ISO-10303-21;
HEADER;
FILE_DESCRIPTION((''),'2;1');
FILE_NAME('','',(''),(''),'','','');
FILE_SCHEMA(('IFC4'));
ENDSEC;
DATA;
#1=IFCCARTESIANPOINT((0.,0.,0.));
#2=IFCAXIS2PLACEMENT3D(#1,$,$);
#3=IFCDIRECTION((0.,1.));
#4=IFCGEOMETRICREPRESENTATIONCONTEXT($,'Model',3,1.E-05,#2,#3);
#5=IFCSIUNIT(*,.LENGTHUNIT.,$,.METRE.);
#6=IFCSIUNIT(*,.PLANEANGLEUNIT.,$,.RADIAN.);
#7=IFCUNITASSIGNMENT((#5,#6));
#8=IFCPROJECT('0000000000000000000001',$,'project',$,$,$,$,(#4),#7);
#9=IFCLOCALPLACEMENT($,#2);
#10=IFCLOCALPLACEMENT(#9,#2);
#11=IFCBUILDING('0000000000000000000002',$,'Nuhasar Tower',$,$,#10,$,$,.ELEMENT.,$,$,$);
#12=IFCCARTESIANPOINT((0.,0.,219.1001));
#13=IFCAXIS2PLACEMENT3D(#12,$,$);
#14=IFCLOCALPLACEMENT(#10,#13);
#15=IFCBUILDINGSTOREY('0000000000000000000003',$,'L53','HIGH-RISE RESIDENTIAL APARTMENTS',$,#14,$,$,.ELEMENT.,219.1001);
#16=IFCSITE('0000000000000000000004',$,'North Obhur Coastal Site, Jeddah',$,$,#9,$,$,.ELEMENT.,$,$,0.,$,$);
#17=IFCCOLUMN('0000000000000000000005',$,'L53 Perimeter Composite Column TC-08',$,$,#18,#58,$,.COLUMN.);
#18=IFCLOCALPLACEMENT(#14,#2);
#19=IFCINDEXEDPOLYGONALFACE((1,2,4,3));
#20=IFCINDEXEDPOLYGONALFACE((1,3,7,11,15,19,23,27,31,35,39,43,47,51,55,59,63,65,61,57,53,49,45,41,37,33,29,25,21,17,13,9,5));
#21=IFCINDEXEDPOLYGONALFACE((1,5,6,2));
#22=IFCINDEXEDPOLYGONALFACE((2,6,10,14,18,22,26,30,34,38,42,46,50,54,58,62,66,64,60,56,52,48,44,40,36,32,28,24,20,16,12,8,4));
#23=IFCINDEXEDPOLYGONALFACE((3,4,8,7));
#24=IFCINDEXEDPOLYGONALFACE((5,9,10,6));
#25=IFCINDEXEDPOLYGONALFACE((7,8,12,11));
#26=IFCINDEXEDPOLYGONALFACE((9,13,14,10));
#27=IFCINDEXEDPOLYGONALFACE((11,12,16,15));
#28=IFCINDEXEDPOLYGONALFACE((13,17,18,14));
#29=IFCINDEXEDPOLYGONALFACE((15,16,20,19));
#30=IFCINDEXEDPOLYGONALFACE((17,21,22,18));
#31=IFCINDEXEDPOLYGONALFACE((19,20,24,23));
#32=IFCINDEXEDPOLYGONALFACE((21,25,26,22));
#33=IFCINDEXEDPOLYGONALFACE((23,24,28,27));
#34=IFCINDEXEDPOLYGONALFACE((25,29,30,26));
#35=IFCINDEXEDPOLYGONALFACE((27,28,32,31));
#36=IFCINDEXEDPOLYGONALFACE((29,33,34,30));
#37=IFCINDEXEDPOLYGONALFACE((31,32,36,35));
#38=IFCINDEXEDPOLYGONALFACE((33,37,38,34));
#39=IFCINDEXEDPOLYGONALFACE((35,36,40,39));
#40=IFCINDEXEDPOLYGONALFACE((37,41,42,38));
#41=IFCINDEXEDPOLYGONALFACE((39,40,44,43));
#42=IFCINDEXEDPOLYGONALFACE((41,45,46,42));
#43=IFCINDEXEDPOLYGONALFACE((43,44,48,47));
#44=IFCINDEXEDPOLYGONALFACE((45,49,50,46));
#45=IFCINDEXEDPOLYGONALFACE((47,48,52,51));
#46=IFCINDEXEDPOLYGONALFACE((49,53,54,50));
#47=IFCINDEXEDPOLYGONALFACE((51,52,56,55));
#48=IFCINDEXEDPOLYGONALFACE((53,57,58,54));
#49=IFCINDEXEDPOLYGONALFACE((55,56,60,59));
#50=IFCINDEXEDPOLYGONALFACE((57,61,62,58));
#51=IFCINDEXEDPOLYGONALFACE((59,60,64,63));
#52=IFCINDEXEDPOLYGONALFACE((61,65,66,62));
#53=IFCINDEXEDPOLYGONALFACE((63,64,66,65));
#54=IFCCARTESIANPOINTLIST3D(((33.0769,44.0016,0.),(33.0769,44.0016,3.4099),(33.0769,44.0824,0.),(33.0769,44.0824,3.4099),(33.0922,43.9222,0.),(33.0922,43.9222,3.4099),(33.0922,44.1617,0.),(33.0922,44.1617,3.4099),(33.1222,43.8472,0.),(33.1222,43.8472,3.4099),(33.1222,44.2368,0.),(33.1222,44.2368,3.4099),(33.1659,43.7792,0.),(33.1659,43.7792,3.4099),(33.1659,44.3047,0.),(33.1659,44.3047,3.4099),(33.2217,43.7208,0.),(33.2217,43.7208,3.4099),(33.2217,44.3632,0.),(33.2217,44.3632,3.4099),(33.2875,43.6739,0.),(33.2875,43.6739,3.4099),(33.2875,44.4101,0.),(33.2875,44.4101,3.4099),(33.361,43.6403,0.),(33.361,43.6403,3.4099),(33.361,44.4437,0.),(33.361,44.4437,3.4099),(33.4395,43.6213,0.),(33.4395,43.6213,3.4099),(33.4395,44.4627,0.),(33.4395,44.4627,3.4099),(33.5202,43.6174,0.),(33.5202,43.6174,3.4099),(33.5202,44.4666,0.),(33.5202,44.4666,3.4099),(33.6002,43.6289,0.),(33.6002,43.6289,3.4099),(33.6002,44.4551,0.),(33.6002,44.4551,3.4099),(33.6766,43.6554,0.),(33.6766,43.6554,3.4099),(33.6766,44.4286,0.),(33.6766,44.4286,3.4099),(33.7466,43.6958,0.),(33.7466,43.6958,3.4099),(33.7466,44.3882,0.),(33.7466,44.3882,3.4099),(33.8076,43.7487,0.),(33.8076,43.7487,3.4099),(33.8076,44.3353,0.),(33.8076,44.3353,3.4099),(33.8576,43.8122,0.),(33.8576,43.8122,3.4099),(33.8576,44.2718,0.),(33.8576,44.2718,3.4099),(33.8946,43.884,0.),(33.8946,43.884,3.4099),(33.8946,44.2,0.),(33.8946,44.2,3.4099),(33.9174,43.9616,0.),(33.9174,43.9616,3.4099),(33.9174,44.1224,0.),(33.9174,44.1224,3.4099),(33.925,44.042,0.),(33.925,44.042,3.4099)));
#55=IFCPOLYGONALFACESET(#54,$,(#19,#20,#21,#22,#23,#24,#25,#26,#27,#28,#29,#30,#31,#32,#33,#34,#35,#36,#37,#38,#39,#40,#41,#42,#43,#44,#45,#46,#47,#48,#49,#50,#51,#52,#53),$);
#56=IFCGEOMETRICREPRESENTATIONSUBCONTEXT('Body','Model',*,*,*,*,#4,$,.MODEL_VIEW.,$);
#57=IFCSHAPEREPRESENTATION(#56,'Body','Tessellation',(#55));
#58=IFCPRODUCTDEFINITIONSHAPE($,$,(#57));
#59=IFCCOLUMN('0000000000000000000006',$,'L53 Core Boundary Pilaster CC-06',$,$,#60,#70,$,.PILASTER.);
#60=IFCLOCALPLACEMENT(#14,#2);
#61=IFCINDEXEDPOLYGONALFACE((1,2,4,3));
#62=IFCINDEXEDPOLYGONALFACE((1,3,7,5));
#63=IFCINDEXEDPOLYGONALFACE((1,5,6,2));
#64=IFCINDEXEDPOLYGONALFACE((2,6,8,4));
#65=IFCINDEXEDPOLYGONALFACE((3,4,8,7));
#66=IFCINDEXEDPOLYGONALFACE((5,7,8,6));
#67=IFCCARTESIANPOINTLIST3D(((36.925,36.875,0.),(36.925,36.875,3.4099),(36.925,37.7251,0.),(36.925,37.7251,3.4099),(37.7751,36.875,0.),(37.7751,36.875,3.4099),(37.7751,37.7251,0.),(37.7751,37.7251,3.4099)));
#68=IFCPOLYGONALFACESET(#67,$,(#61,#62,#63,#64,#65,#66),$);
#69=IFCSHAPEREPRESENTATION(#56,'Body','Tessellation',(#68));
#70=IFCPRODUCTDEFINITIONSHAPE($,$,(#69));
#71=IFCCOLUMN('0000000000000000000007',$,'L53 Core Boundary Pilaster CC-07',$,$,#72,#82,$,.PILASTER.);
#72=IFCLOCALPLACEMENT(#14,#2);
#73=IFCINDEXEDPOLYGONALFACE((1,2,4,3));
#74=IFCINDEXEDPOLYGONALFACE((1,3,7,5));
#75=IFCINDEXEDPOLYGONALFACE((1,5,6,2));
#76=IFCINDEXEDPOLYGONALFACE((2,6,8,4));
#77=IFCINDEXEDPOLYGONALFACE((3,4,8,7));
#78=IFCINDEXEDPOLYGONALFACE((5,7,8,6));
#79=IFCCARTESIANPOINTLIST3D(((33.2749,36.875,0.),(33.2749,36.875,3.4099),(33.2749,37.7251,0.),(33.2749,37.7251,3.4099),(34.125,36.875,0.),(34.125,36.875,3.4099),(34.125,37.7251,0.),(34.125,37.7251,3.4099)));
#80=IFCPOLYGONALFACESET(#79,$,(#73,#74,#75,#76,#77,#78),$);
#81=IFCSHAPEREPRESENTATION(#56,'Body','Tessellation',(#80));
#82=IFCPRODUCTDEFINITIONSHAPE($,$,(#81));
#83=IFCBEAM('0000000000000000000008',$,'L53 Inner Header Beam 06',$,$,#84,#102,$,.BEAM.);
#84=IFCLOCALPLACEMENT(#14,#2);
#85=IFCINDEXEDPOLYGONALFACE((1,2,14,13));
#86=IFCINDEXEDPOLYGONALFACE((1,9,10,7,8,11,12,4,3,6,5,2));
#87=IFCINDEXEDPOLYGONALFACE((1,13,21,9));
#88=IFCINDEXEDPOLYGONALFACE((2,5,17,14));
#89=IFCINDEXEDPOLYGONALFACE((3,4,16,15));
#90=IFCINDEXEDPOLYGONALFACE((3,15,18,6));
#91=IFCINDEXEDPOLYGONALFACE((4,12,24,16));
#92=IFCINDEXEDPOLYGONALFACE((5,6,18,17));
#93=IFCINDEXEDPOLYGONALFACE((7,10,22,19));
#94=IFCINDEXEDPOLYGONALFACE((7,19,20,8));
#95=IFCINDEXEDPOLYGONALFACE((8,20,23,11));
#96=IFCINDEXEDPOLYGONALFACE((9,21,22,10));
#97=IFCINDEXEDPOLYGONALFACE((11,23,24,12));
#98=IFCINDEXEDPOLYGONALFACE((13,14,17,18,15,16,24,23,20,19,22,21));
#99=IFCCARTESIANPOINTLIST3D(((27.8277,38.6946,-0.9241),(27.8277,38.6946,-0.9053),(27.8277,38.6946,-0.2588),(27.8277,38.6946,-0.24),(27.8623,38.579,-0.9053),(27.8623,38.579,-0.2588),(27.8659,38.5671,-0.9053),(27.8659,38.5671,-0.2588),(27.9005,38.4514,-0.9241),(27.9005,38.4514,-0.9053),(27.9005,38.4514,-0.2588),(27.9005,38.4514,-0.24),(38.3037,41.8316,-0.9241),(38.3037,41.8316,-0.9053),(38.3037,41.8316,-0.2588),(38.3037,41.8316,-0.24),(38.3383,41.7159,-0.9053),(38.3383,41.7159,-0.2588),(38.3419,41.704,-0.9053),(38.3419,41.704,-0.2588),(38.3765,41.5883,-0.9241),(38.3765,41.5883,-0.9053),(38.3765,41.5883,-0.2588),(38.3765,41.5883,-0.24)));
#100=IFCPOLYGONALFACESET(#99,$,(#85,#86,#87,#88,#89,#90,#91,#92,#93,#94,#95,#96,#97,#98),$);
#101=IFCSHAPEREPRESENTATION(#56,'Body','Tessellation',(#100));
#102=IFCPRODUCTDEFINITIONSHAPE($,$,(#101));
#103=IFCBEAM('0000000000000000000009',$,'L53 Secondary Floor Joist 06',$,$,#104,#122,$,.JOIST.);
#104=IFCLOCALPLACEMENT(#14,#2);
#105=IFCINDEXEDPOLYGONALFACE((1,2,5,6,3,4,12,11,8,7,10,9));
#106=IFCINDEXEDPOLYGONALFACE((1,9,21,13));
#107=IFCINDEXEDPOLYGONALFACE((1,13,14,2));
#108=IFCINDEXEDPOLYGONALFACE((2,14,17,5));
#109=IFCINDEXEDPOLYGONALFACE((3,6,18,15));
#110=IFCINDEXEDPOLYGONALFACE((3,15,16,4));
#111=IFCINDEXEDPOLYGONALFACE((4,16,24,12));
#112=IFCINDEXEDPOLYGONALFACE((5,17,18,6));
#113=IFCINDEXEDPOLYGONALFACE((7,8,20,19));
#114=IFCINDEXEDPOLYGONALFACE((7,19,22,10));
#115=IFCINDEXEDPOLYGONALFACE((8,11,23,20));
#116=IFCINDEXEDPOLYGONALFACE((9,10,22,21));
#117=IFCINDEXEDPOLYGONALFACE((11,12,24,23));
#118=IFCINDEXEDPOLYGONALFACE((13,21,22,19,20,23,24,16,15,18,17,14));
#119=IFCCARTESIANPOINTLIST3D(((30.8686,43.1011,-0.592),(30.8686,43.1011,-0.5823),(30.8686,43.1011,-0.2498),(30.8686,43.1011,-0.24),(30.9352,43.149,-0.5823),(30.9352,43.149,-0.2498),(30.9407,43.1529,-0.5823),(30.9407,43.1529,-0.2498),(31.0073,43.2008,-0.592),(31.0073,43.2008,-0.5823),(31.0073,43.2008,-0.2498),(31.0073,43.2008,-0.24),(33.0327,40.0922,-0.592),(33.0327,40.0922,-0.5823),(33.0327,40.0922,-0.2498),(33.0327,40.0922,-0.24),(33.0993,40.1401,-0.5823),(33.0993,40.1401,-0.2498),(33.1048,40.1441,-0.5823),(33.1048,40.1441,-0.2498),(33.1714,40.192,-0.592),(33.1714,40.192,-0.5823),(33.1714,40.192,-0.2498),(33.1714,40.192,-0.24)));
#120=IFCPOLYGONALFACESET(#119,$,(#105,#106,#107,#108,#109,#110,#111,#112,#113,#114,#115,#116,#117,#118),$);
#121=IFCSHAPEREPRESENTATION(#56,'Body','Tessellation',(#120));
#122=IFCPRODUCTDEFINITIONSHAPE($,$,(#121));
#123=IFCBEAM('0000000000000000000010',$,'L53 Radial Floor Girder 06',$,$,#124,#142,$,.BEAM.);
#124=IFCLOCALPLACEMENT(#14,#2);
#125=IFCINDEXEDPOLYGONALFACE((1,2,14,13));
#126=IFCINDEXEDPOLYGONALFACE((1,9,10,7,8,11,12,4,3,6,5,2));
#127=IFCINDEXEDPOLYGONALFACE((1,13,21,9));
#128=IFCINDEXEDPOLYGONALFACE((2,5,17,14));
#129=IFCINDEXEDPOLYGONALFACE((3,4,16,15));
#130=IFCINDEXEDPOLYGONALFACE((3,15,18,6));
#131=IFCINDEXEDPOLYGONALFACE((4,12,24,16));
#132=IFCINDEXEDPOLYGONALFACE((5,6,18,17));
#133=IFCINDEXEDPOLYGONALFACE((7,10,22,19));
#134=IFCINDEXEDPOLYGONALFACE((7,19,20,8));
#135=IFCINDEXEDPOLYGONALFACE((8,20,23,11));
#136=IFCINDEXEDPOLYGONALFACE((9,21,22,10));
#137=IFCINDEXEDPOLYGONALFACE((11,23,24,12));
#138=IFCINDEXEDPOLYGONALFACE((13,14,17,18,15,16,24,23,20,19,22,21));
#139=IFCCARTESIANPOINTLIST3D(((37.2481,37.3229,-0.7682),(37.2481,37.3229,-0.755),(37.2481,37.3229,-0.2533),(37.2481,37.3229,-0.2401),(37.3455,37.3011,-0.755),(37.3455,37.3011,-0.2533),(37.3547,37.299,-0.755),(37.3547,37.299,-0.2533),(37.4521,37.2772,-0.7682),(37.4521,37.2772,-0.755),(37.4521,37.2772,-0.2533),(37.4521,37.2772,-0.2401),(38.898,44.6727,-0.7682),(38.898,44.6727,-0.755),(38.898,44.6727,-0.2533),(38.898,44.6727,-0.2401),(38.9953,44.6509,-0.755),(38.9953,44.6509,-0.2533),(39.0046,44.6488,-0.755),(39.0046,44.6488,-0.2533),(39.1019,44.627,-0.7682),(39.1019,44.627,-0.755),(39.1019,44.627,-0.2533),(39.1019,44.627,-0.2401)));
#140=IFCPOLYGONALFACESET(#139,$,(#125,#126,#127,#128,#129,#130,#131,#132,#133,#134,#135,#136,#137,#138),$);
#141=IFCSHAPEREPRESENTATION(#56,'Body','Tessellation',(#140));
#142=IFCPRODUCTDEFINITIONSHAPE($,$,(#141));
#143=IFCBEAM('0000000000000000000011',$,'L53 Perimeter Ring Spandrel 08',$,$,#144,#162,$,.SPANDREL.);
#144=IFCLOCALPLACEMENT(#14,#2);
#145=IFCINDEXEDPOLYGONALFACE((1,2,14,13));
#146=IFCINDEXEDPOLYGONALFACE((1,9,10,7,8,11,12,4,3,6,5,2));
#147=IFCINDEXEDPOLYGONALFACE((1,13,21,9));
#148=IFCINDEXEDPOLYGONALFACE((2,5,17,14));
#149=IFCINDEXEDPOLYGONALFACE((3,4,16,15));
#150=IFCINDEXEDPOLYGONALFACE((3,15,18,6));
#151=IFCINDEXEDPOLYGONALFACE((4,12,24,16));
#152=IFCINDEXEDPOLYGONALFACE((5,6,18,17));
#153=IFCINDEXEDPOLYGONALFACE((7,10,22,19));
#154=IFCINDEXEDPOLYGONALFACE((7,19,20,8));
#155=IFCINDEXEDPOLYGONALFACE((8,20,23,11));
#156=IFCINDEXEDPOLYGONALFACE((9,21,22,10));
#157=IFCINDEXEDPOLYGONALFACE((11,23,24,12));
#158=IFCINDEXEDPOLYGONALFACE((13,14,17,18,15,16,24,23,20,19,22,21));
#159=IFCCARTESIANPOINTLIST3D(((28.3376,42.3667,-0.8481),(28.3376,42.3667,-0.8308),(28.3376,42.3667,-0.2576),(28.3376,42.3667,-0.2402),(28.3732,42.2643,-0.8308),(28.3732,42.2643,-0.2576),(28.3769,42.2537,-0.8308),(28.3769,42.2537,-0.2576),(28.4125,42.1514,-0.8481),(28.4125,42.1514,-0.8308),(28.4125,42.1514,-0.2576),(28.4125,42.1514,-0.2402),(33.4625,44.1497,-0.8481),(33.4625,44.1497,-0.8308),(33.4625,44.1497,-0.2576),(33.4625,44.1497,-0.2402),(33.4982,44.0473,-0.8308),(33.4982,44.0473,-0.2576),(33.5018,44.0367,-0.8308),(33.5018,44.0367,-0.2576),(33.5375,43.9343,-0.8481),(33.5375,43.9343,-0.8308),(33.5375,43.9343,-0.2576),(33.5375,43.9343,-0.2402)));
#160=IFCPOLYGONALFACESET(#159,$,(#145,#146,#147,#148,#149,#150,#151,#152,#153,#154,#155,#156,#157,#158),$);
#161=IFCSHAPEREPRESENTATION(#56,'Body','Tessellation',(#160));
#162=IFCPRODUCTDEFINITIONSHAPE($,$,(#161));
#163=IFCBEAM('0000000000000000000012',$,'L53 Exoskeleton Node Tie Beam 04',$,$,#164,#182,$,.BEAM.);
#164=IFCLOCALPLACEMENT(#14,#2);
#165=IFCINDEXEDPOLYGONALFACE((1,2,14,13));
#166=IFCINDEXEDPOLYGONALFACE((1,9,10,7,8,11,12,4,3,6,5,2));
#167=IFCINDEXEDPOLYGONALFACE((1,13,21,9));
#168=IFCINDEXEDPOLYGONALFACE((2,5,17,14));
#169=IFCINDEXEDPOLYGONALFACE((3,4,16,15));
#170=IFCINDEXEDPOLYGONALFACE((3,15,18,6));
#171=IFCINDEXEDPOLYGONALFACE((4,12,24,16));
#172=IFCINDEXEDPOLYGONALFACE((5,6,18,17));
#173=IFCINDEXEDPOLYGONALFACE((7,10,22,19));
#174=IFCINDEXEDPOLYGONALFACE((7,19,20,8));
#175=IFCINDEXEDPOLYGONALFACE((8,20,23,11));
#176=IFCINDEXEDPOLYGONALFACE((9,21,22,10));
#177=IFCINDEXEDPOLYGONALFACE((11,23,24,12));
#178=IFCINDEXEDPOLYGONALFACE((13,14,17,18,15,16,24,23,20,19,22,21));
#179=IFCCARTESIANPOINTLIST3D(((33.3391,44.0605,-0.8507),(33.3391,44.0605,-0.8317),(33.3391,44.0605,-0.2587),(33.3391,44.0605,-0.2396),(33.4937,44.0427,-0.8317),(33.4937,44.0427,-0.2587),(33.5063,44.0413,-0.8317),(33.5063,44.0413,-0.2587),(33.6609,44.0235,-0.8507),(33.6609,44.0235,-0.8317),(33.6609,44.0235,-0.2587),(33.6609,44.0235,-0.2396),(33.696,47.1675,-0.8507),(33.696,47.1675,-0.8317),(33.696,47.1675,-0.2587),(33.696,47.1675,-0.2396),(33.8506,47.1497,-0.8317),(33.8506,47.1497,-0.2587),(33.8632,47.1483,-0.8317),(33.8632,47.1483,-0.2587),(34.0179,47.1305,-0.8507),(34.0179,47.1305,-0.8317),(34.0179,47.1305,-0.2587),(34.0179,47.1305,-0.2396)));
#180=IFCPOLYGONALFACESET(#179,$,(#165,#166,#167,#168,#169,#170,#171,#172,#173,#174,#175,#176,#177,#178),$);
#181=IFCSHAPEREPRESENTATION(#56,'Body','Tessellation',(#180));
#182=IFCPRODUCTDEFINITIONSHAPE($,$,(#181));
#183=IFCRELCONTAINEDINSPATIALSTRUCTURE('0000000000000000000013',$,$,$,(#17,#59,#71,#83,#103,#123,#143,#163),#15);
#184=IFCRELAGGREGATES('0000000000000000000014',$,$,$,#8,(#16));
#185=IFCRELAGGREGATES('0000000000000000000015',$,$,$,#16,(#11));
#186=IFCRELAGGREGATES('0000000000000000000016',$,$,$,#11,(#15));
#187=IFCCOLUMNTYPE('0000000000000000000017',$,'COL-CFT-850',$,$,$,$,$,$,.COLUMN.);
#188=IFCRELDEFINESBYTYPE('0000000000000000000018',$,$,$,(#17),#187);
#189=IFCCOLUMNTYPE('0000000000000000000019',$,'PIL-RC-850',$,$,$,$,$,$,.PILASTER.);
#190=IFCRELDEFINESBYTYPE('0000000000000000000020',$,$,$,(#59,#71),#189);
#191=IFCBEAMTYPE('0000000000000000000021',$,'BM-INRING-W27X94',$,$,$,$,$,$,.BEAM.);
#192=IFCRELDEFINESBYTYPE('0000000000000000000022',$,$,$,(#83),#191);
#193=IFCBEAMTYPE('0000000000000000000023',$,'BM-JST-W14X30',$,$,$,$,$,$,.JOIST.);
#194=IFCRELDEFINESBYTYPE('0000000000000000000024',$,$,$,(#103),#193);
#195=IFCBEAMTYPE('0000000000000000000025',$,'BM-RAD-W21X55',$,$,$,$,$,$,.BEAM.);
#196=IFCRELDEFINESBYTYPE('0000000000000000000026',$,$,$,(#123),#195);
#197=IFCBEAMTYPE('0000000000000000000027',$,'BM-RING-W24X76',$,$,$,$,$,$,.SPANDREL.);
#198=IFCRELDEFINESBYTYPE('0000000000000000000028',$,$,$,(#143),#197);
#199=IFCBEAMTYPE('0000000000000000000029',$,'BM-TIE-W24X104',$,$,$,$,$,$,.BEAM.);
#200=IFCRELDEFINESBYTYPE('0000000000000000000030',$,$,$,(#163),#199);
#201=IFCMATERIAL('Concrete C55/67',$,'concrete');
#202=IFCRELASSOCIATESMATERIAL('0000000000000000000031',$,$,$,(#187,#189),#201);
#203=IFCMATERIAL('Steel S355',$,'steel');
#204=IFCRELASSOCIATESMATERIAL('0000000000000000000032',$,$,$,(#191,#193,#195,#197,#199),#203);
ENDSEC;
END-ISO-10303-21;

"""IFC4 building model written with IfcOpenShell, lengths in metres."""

from ifc_helpers import new_model, si_unit, direction, frame, origin, origin_2d, place, context, subcontext, project, spatial, rectangle, circle, i_section, extrude, material, material_profile, profile_set, type_object, element, save


model = new_model("IFC4")

# Units and contexts
model_context = context("Model", 3, precision=1e-05, world=origin(), true_north=direction((0.0, 1.0)))
body_context = subcontext(model_context, "Body", "Model", "MODEL_VIEW")
ifc_project = project(units=[si_unit("LENGTHUNIT", "METRE"), si_unit("PLANEANGLEUNIT", "RADIAN")], contexts=[model_context])

# Site, building, storey
site_placement = place(None, origin())
site = spatial("IfcSite", under=ifc_project, at=site_placement, Name="North Obhur Coastal Site, Jeddah", CompositionType="ELEMENT", RefElevation=0.0)
building_placement = place(site_placement, origin())
building = spatial("IfcBuilding", under=site, at=building_placement, Name="Nuhasar Tower", CompositionType="ELEMENT")
storey_placement = place(building_placement, frame((0.0, 0.0, 219.1001)))
storey = spatial("IfcBuildingStorey", under=building, at=storey_placement, Name="L53", Description="HIGH-RISE RESIDENTIAL APARTMENTS", CompositionType="ELEMENT", Elevation=219.1001)

# Columns
ifc_material_1 = material(Name="Concrete C55/67", Category="concrete")
ifc_material_profile_1 = material_profile(ifc_material_1, circle(Radius=0.425, at=origin_2d()), Name="CFT850")
ifc_profile_set_1 = profile_set([ifc_material_profile_1], Name="Concrete C55/67")
column_type_1 = type_object("IfcColumnType", Name="COL-CFT-850", PredefinedType="COLUMN", material=ifc_profile_set_1)
column_placement = place(storey_placement, frame((33.5, 44.042, 0.0), z_axis=(0.0, 0.0, 1.0), x_axis=(1.0, 0.0, 0.0)))
element("IfcColumn", 1, at=column_placement, inside=storey, type_object=column_type_1, Name="L53 Perimeter Composite Column TC-08", PredefinedType="COLUMN", context=body_context, shape_type="SweptSolid", body=[
    extrude(circle(Radius=0.425, at=origin_2d()), origin(), (0.0, 0.0, 1.0), 3.4099),
])
ifc_material_profile_2 = material_profile(ifc_material_1, rectangle(XDim=0.8501, YDim=0.8501, at=origin_2d()), Name="RC850X850")
ifc_profile_set_2 = profile_set([ifc_material_profile_2], Name="Concrete C55/67")
column_type_2 = type_object("IfcColumnType", Name="PIL-RC-850", PredefinedType="PILASTER", material=ifc_profile_set_2)
for number, where, z_axis, x_axis, name in (
    (2, (37.3501, 37.3, 0.0), (0.0, 0.0, 1.0), (1.0, 0.0, 0.0), "L53 Core Boundary Pilaster CC-06"),
    (3, (33.7, 37.3, 0.0), (0.0, 0.0, 1.0), (1.0, 0.0, 0.0), "L53 Core Boundary Pilaster CC-07"),
):
    element("IfcColumn", number, at=place(storey_placement, frame(where, z_axis=z_axis, x_axis=x_axis)), inside=storey, type_object=column_type_2, Name=name, PredefinedType="PILASTER", context=body_context, shape_type="SweptSolid", body=[
        extrude(rectangle(XDim=0.8501, YDim=0.8501, at=origin_2d()), origin(), (0.0, 0.0, 1.0), 3.4099),
    ])

# Beams
ifc_material_2 = material(Name="Steel S355", Category="steel")
ifc_material_profile_3 = material_profile(ifc_material_2, i_section(OverallWidth=0.2539, OverallDepth=0.6841, WebThickness=0.0125, FlangeThickness=0.0188, at=origin_2d()), Name="W27X94")
ifc_profile_set_3 = profile_set([ifc_material_profile_3], Name="Steel S355")
beam_type_1 = type_object("IfcBeamType", Name="BM-INRING-W27X94", PredefinedType="BEAM", material=ifc_profile_set_3)
beam_1_placement = place(storey_placement, frame((38.3401, 41.71, -0.582), z_axis=(-0.957974, -0.286856, 0.0), x_axis=(0.286856, -0.957974, 0.0)))
element("IfcBeam", 4, at=beam_1_placement, inside=storey, type_object=beam_type_1, Name="L53 Inner Header Beam 06", PredefinedType="BEAM", context=body_context, shape_type="SweptSolid", body=[
    extrude(i_section(OverallWidth=0.2539, OverallDepth=0.6841, WebThickness=0.0125, FlangeThickness=0.0188, at=origin_2d()), origin(), (0.0, 0.0, 1.0), 10.9355),
])
ifc_material_profile_4 = material_profile(ifc_material_2, i_section(OverallWidth=0.1709, OverallDepth=0.3521, WebThickness=0.0068, FlangeThickness=0.0098, at=origin_2d()), Name="W14X30")
ifc_profile_set_4 = profile_set([ifc_material_profile_4], Name="Steel S355")
beam_type_2 = type_object("IfcBeamType", Name="BM-JST-W14X30", PredefinedType="JOIST", material=ifc_profile_set_4)
beam_2_placement = place(storey_placement, frame((33.1021, 40.1421, -0.416), z_axis=(-0.583902, 0.811824, 0.0), x_axis=(-0.811824, -0.583902, 0.0)))
element("IfcBeam", 5, at=beam_2_placement, inside=storey, type_object=beam_type_2, Name="L53 Secondary Floor Joist 06", PredefinedType="JOIST", context=body_context, shape_type="SweptSolid", body=[
    extrude(i_section(OverallWidth=0.1709, OverallDepth=0.3521, WebThickness=0.0068, FlangeThickness=0.0098, at=origin_2d()), origin(), (0.0, 0.0, 1.0), 3.7063),
])
ifc_material_profile_5 = material_profile(ifc_material_2, i_section(OverallWidth=0.209, OverallDepth=0.5281, WebThickness=0.0095, FlangeThickness=0.0132, at=origin_2d()), Name="W21X55")
ifc_profile_set_5 = profile_set([ifc_material_profile_5], Name="Steel S355")
beam_type_3 = type_object("IfcBeamType", Name="BM-RAD-W21X55", PredefinedType="BEAM", material=ifc_profile_set_5)
beam_3_placement = place(storey_placement, frame((37.3501, 37.3, -0.5042), z_axis=(0.21903, 0.975718, 0.0), x_axis=(-0.975718, 0.21903, 0.0)))
element("IfcBeam", 6, at=beam_3_placement, inside=storey, type_object=beam_type_3, Name="L53 Radial Floor Girder 06", PredefinedType="BEAM", context=body_context, shape_type="SweptSolid", body=[
    extrude(i_section(OverallWidth=0.209, OverallDepth=0.5281, WebThickness=0.0095, FlangeThickness=0.0132, at=origin_2d()), origin(), (0.0, 0.0, 1.0), 7.5327),
])
ifc_material_profile_6 = material_profile(ifc_material_2, i_section(OverallWidth=0.228, OverallDepth=0.6079, WebThickness=0.0112, FlangeThickness=0.0173, at=origin_2d()), Name="W24X76")
ifc_profile_set_6 = profile_set([ifc_material_profile_6], Name="Steel S355")
beam_type_4 = type_object("IfcBeamType", Name="BM-RING-W24X76", PredefinedType="SPANDREL", material=ifc_profile_set_6)
beam_4_placement = place(storey_placement, frame((33.5, 44.042, -0.5442), z_axis=(-0.944477, -0.328578, 0.0), x_axis=(0.328578, -0.944477, 0.0)))
element("IfcBeam", 7, at=beam_4_placement, inside=storey, type_object=beam_type_4, Name="L53 Perimeter Ring Spandrel 08", PredefinedType="SPANDREL", context=body_context, shape_type="SweptSolid", body=[
    extrude(i_section(OverallWidth=0.228, OverallDepth=0.6079, WebThickness=0.0112, FlangeThickness=0.0173, at=origin_2d()), origin(), (0.0, 0.0, 1.0), 5.4263),
])
ifc_material_profile_7 = material_profile(ifc_material_2, i_section(OverallWidth=0.324, OverallDepth=0.6111, WebThickness=0.0127, FlangeThickness=0.019, at=origin_2d()), Name="W24X104")
ifc_profile_set_7 = profile_set([ifc_material_profile_7], Name="Steel S355")
beam_type_5 = type_object("IfcBeamType", Name="BM-TIE-W24X104", PredefinedType="BEAM", material=ifc_profile_set_7)
beam_5_placement = place(storey_placement, frame((33.5, 44.042, -0.5452), z_axis=(0.114132, 0.993466, 0.0), x_axis=(-0.993466, 0.114132, 0.0)))
element("IfcBeam", 8, at=beam_5_placement, inside=storey, type_object=beam_type_5, Name="L53 Exoskeleton Node Tie Beam 04", PredefinedType="BEAM", context=body_context, shape_type="SweptSolid", body=[
    extrude(i_section(OverallWidth=0.324, OverallDepth=0.6111, WebThickness=0.0127, FlangeThickness=0.019, at=origin_2d()), origin(), (0.0, 0.0, 1.0), 3.1274),
])

save(model, "model.ifc")
